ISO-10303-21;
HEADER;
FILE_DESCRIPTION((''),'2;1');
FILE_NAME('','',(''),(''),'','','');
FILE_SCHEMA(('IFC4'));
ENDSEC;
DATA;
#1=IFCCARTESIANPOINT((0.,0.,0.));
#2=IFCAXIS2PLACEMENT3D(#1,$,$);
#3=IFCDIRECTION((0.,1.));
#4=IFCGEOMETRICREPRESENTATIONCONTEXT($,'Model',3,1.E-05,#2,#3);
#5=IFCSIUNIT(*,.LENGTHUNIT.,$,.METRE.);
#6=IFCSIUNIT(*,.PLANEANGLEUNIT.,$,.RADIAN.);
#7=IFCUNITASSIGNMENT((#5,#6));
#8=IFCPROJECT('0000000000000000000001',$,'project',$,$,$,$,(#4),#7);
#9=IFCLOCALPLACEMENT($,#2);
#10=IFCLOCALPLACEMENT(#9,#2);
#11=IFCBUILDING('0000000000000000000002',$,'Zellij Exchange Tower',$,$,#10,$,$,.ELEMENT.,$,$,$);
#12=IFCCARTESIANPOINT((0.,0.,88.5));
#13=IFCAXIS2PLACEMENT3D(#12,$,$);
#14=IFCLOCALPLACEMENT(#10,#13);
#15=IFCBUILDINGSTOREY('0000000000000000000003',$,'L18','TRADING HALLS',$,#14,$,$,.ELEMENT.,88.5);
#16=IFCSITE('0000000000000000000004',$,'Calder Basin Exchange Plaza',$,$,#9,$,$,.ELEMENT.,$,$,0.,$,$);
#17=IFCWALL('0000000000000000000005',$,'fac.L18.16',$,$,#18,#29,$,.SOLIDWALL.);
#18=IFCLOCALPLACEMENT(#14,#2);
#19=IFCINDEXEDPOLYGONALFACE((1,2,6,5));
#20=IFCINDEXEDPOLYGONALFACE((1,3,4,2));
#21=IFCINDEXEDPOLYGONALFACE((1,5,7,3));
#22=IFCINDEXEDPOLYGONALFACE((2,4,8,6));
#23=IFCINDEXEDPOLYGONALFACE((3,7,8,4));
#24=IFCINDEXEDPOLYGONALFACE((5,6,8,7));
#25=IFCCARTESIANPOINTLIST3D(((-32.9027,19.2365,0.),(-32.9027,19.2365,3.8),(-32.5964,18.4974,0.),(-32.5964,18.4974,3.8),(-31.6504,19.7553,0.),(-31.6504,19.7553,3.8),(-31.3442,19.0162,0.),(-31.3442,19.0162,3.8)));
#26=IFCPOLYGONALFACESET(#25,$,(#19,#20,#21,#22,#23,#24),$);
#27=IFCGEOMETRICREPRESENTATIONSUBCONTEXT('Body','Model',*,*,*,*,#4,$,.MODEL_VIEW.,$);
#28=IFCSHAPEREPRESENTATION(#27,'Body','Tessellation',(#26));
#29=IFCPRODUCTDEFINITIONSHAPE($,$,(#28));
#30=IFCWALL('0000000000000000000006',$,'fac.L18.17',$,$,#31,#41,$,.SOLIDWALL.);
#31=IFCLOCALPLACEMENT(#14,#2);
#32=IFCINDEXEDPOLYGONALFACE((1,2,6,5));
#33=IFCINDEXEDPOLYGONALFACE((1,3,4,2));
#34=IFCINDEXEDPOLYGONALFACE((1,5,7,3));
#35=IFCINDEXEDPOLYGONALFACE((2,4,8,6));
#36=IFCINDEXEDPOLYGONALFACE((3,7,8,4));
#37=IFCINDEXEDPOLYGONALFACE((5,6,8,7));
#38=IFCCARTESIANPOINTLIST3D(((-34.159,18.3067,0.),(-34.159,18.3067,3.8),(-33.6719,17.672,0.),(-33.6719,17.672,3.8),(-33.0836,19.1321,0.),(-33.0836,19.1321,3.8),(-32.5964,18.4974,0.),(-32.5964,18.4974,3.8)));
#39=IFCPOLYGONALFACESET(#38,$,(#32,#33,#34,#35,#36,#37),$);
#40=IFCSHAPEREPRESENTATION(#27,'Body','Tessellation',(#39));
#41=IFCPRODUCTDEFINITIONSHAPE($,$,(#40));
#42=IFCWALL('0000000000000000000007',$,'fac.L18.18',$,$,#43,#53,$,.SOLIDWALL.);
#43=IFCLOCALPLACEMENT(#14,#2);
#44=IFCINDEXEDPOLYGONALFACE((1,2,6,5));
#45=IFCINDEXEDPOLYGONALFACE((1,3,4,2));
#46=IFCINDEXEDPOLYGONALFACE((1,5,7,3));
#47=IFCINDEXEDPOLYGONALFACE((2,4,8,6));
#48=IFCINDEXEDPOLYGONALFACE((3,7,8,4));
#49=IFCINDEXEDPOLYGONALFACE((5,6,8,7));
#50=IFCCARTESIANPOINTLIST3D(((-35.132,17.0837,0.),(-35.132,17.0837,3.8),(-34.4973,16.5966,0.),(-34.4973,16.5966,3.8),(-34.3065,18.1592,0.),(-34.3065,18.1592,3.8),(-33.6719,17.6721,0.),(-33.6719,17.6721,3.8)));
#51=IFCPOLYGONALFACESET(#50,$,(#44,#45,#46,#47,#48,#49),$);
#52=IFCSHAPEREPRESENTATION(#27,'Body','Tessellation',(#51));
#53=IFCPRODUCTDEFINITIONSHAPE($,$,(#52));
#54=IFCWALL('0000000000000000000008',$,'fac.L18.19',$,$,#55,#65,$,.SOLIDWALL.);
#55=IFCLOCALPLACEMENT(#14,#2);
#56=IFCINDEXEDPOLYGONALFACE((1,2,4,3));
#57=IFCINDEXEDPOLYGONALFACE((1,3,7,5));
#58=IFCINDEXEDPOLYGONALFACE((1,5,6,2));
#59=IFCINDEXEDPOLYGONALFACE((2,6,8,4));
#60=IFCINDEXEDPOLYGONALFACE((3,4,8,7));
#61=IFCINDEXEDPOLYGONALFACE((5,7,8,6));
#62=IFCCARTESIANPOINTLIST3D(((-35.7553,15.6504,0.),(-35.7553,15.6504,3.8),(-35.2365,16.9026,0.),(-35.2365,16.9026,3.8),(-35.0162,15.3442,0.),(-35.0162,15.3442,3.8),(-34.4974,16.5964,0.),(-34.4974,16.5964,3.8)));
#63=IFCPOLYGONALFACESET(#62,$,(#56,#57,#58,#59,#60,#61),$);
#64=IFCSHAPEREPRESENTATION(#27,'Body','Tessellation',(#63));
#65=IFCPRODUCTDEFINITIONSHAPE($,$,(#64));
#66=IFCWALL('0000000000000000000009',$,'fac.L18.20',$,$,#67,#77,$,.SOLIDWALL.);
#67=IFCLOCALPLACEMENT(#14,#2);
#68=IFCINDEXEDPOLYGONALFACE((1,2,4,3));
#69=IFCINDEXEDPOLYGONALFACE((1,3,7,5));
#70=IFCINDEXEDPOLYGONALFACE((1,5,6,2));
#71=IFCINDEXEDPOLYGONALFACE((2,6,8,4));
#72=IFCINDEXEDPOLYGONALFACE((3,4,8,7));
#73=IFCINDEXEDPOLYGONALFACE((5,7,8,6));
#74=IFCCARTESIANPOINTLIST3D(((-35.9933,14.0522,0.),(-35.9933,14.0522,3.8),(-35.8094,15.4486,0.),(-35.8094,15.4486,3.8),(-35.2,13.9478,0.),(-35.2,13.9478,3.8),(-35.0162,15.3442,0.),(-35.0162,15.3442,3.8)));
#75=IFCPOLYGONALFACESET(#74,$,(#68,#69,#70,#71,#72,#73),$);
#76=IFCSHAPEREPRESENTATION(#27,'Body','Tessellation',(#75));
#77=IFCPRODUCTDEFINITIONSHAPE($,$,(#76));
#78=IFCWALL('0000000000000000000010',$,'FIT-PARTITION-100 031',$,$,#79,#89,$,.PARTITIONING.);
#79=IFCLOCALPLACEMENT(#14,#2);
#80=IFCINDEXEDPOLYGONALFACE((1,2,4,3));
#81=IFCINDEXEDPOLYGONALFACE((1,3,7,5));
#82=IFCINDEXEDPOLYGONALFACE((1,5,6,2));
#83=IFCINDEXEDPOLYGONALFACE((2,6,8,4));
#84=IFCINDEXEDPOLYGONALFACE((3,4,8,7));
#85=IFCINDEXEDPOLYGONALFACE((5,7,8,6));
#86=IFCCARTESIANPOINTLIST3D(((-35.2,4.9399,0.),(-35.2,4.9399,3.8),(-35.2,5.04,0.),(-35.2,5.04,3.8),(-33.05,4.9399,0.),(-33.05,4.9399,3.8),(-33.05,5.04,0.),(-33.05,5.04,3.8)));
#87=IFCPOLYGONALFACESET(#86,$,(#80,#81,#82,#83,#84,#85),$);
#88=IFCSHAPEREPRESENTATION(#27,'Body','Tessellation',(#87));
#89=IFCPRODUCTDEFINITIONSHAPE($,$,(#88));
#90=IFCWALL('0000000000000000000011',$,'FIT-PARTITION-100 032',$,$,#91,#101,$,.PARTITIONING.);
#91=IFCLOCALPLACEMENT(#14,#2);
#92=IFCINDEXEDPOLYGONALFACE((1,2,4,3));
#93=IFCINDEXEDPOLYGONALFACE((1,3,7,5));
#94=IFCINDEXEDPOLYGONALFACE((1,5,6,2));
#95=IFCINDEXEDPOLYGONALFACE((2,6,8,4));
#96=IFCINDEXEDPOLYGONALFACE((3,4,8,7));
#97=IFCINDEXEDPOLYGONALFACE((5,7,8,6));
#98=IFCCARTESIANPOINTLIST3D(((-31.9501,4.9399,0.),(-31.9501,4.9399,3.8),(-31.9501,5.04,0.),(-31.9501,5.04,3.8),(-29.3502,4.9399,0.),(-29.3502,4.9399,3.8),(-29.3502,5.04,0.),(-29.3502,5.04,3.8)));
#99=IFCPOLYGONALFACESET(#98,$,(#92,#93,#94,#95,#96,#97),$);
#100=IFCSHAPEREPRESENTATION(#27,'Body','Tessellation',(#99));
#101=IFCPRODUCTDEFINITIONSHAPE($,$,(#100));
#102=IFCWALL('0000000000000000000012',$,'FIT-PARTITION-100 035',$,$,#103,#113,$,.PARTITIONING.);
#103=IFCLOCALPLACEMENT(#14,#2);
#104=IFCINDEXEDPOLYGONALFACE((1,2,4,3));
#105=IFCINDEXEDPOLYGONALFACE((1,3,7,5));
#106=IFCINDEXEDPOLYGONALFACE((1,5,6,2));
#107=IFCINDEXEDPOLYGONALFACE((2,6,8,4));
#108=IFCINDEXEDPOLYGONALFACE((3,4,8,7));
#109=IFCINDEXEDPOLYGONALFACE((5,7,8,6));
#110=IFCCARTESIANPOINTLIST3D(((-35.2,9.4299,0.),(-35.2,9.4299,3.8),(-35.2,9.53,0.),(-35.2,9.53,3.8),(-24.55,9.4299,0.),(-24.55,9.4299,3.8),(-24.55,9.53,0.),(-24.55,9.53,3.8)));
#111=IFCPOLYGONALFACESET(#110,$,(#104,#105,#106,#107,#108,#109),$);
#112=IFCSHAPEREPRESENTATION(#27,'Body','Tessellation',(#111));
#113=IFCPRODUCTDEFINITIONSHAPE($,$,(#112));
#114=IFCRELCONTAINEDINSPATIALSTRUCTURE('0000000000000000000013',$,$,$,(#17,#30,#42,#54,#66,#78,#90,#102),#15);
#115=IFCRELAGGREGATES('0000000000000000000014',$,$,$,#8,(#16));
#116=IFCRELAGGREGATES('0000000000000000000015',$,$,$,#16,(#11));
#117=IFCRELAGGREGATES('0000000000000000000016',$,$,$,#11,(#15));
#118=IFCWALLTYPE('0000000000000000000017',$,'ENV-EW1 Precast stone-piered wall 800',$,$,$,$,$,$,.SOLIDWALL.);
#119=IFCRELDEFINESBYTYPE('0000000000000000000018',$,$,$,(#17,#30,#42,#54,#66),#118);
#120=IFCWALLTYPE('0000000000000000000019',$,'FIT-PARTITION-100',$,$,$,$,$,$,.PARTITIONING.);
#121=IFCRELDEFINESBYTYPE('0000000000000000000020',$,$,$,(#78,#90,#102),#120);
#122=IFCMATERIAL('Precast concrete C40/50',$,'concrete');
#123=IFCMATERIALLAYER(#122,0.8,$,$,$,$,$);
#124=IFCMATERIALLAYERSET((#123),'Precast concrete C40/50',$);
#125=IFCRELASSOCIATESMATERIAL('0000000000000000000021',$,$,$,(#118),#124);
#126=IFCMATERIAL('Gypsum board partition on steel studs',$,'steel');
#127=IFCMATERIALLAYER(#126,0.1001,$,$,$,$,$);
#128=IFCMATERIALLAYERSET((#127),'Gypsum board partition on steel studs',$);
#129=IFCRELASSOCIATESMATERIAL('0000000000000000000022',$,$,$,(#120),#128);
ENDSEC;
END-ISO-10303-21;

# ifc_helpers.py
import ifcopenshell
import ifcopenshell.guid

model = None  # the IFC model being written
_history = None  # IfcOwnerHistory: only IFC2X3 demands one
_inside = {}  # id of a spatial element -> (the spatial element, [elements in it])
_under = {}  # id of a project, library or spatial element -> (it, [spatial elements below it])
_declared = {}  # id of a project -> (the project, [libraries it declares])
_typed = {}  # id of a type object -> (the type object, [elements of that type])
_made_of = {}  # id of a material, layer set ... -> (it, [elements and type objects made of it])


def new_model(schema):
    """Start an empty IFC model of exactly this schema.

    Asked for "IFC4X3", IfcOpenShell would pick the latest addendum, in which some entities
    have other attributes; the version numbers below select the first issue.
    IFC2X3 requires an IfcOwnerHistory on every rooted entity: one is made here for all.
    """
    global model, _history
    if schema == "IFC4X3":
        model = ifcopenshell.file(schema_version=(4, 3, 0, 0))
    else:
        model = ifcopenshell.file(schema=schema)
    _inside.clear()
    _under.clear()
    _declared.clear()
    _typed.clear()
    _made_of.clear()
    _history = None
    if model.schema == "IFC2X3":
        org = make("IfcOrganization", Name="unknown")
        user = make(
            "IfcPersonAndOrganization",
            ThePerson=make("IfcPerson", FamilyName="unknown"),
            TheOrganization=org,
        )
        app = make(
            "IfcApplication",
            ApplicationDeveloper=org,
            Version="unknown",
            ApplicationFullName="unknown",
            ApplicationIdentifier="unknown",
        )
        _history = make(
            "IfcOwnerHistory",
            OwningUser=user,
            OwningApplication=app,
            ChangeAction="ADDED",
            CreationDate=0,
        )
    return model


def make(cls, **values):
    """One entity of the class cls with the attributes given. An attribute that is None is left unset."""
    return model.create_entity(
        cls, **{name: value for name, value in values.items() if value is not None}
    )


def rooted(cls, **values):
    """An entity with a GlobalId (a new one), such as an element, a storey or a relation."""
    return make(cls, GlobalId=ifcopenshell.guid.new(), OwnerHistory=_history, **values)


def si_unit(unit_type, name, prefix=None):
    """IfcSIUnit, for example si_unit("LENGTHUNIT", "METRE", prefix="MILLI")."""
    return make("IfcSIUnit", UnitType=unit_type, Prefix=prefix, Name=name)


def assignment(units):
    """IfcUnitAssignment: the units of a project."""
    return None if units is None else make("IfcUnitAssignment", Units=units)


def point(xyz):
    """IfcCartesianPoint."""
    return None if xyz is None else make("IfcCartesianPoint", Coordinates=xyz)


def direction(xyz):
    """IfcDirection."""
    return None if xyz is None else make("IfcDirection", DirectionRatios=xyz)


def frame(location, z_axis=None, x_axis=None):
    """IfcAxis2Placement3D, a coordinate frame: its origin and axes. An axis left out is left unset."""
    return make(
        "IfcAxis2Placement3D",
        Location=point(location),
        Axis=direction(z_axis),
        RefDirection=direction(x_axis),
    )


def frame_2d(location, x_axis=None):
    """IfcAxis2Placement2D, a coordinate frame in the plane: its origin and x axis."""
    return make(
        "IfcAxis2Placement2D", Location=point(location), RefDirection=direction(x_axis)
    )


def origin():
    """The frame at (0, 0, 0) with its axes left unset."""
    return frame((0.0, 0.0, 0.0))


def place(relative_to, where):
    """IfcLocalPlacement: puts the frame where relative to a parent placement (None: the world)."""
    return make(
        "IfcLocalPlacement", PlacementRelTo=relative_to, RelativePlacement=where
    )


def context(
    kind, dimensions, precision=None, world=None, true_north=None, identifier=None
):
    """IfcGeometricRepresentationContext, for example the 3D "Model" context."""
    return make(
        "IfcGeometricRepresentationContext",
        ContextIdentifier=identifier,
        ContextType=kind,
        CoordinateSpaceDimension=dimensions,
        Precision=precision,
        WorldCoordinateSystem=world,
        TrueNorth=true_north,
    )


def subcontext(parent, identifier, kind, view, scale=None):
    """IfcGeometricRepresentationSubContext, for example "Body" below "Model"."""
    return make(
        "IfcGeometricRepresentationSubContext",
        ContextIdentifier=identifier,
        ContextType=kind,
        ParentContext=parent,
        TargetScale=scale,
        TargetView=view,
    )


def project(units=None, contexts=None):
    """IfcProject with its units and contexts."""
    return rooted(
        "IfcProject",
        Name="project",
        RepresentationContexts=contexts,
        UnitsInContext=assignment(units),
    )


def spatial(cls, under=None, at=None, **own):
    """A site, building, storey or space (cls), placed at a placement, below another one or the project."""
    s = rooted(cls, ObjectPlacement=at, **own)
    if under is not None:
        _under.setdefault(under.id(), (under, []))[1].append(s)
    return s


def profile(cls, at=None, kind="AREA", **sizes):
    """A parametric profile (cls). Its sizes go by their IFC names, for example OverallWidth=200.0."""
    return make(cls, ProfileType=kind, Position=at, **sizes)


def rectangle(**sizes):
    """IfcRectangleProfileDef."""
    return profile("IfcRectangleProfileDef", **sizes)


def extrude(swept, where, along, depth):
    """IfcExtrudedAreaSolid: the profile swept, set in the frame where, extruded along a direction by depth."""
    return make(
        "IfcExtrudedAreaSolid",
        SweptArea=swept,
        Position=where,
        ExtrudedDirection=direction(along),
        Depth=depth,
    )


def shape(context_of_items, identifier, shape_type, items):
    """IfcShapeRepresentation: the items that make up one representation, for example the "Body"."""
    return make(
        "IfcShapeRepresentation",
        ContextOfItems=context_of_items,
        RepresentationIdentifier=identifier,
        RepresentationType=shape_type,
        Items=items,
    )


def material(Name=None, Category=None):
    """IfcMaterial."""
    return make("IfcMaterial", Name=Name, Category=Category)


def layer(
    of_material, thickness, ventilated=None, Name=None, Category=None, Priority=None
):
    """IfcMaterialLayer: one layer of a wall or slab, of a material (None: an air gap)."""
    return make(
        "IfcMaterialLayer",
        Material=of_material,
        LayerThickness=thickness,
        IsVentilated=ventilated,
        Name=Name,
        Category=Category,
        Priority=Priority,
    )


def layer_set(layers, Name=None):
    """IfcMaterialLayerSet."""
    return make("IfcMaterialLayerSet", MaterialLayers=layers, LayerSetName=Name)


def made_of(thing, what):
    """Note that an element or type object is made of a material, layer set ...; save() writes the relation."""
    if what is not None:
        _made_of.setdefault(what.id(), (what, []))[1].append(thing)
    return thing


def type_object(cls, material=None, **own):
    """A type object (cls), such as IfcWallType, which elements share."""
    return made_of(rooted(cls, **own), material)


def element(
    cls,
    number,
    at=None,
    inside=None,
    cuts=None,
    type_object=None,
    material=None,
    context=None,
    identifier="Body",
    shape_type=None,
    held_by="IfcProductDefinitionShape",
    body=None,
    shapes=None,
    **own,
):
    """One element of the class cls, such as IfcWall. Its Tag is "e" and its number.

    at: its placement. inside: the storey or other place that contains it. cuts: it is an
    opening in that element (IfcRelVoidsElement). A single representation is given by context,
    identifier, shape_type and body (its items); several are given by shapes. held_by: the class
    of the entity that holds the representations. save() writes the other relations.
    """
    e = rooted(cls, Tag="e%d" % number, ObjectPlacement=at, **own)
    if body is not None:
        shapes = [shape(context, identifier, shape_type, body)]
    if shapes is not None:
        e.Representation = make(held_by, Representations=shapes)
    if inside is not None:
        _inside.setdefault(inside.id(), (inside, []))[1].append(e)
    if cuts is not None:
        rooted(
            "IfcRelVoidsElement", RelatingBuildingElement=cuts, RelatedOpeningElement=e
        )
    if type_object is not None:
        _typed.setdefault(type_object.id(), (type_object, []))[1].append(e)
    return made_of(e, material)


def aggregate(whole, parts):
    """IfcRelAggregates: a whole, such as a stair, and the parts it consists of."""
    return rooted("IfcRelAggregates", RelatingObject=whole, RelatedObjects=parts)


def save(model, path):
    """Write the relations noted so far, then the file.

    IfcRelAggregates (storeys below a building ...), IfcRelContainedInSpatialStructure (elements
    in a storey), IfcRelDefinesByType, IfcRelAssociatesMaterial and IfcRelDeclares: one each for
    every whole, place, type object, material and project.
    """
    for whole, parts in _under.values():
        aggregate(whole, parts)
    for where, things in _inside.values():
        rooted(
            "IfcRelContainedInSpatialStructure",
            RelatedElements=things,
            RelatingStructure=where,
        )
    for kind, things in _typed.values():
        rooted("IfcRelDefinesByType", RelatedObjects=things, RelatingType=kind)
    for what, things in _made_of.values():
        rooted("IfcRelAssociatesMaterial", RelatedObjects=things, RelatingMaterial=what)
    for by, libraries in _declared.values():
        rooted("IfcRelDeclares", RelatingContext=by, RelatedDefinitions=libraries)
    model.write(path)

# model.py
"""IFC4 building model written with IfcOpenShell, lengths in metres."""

from ifc_helpers import new_model, si_unit, direction, frame, frame_2d, origin, place, context, subcontext, project, spatial, rectangle, extrude, material, layer, layer_set, type_object, element, save


model = new_model("IFC4")

# Units and contexts
model_context = context("Model", 3, precision=1e-05, world=origin(), true_north=direction((0.0, 1.0)))
body_context = subcontext(model_context, "Body", "Model", "MODEL_VIEW")
ifc_project = project(units=[si_unit("LENGTHUNIT", "METRE"), si_unit("PLANEANGLEUNIT", "RADIAN")], contexts=[model_context])

# Site, building, storey
site_placement = place(None, origin())
site = spatial("IfcSite", under=ifc_project, at=site_placement, Name="Calder Basin Exchange Plaza", CompositionType="ELEMENT", RefElevation=0.0)
building_placement = place(site_placement, origin())
building = spatial("IfcBuilding", under=site, at=building_placement, Name="Zellij Exchange Tower", CompositionType="ELEMENT")
storey_placement = place(building_placement, frame((0.0, 0.0, 88.5)))
storey = spatial("IfcBuildingStorey", under=building, at=storey_placement, Name="L18", Description="TRADING HALLS", CompositionType="ELEMENT", Elevation=88.5)

# Walls
ifc_material_1 = material(Name="Precast concrete C40/50", Category="concrete")
ifc_layer_1 = layer(ifc_material_1, 0.8)
ifc_layer_set_1 = layer_set([ifc_layer_1], Name="Precast concrete C40/50")
wall_type_1 = type_object("IfcWallType", Name="ENV-EW1 Precast stone-piered wall 800", PredefinedType="SOLIDWALL", material=ifc_layer_set_1)
wall_1_placement = place(storey_placement, frame((-31.4973, 19.3857, 0.0), z_axis=(0.0, 0.0, 1.0), x_axis=(-0.923848, -0.38276, 0.0)))
element("IfcWall", 1, at=wall_1_placement, inside=storey, type_object=wall_type_1, Name="fac.L18.16", PredefinedType="SOLIDWALL", context=body_context, shape_type="SweptSolid", body=[
    extrude(rectangle(XDim=1.3555, YDim=0.8, at=frame_2d((0.6777, 0.0))), origin(), (0.0, 0.0, 1.0), 3.8),
])
for number, where, z_axis, x_axis, name in (
    (2, (-32.8401, 18.8147, 0.0), (0.0, 0.0, 1.0), (-0.793273, -0.608866, 0.0), "fac.L18.17"),
    (3, (-33.9893, 17.9155, 0.0), (0.0, 0.0, 1.0), (-0.608866, -0.793273, 0.0), "fac.L18.18"),
):
    element("IfcWall", number, at=place(storey_placement, frame(where, z_axis=z_axis, x_axis=x_axis)), inside=storey, type_object=wall_type_1, Name=name, PredefinedType="SOLIDWALL", context=body_context, shape_type="SweptSolid", body=[
        extrude(rectangle(XDim=1.3557, YDim=0.8, at=frame_2d((0.6777, 0.0))), origin(), (0.0, 0.0, 1.0), 3.8),
    ])
wall_2_placement = place(storey_placement, frame((-34.8669, 16.7495, 0.0), z_axis=(0.0, 0.0, 1.0), x_axis=(-0.38276, -0.923848, 0.0)))
element("IfcWall", 4, at=wall_2_placement, inside=storey, type_object=wall_type_1, Name="fac.L18.19", PredefinedType="SOLIDWALL", context=body_context, shape_type="SweptSolid", body=[
    extrude(rectangle(XDim=1.3555, YDim=0.8, at=frame_2d((0.6777, 0.0))), origin(), (0.0, 0.0, 1.0), 3.8),
])
wall_3_placement = place(storey_placement, frame((-35.4128, 15.3962, 0.0), z_axis=(0.0, 0.0, 1.0), x_axis=(-0.130517, -0.991446, 0.0)))
element("IfcWall", 5, at=wall_3_placement, inside=storey, type_object=wall_type_1, Name="fac.L18.20", PredefinedType="SOLIDWALL", context=body_context, shape_type="SweptSolid", body=[
    extrude(rectangle(XDim=1.4084, YDim=0.8, at=frame_2d((0.7041, 0.0))), origin(), (0.0, 0.0, 1.0), 3.8),
])

# Walls
ifc_material_2 = material(Name="Gypsum board partition on steel studs", Category="steel")
ifc_layer_2 = layer(ifc_material_2, 0.1001)
ifc_layer_set_2 = layer_set([ifc_layer_2], Name="Gypsum board partition on steel studs")
wall_type_2 = type_object("IfcWallType", Name="FIT-PARTITION-100", PredefinedType="PARTITIONING", material=ifc_layer_set_2)
wall_4_placement = place(storey_placement, frame((-35.2, 4.99, 0.0), z_axis=(0.0, 0.0, 1.0), x_axis=(1.0, 0.0, 0.0)))
element("IfcWall", 6, at=wall_4_placement, inside=storey, type_object=wall_type_2, Name="FIT-PARTITION-100 031", PredefinedType="PARTITIONING", context=body_context, shape_type="SweptSolid", body=[
    extrude(rectangle(XDim=2.1499, YDim=0.1001, at=frame_2d((1.075, 0.0))), origin(), (0.0, 0.0, 1.0), 3.8),
])
wall_5_placement = place(storey_placement, frame((-31.95, 4.99, 0.0), z_axis=(0.0, 0.0, 1.0), x_axis=(1.0, 0.0, 0.0)))
element("IfcWall", 7, at=wall_5_placement, inside=storey, type_object=wall_type_2, Name="FIT-PARTITION-100 032", PredefinedType="PARTITIONING", context=body_context, shape_type="SweptSolid", body=[
    extrude(rectangle(XDim=2.5999, YDim=0.1001, at=frame_2d((1.2998, 0.0))), origin(), (0.0, 0.0, 1.0), 3.8),
])
wall_6_placement = place(storey_placement, frame((-35.2, 9.48, 0.0), z_axis=(0.0, 0.0, 1.0), x_axis=(1.0, 0.0, 0.0)))
element("IfcWall", 8, at=wall_6_placement, inside=storey, type_object=wall_type_2, Name="FIT-PARTITION-100 035", PredefinedType="PARTITIONING", context=body_context, shape_type="SweptSolid", body=[
    extrude(rectangle(XDim=10.6499, YDim=0.1001, at=frame_2d((5.325, 0.0))), origin(), (0.0, 0.0, 1.0), 3.8),
])

save(model, "model.ifc")
